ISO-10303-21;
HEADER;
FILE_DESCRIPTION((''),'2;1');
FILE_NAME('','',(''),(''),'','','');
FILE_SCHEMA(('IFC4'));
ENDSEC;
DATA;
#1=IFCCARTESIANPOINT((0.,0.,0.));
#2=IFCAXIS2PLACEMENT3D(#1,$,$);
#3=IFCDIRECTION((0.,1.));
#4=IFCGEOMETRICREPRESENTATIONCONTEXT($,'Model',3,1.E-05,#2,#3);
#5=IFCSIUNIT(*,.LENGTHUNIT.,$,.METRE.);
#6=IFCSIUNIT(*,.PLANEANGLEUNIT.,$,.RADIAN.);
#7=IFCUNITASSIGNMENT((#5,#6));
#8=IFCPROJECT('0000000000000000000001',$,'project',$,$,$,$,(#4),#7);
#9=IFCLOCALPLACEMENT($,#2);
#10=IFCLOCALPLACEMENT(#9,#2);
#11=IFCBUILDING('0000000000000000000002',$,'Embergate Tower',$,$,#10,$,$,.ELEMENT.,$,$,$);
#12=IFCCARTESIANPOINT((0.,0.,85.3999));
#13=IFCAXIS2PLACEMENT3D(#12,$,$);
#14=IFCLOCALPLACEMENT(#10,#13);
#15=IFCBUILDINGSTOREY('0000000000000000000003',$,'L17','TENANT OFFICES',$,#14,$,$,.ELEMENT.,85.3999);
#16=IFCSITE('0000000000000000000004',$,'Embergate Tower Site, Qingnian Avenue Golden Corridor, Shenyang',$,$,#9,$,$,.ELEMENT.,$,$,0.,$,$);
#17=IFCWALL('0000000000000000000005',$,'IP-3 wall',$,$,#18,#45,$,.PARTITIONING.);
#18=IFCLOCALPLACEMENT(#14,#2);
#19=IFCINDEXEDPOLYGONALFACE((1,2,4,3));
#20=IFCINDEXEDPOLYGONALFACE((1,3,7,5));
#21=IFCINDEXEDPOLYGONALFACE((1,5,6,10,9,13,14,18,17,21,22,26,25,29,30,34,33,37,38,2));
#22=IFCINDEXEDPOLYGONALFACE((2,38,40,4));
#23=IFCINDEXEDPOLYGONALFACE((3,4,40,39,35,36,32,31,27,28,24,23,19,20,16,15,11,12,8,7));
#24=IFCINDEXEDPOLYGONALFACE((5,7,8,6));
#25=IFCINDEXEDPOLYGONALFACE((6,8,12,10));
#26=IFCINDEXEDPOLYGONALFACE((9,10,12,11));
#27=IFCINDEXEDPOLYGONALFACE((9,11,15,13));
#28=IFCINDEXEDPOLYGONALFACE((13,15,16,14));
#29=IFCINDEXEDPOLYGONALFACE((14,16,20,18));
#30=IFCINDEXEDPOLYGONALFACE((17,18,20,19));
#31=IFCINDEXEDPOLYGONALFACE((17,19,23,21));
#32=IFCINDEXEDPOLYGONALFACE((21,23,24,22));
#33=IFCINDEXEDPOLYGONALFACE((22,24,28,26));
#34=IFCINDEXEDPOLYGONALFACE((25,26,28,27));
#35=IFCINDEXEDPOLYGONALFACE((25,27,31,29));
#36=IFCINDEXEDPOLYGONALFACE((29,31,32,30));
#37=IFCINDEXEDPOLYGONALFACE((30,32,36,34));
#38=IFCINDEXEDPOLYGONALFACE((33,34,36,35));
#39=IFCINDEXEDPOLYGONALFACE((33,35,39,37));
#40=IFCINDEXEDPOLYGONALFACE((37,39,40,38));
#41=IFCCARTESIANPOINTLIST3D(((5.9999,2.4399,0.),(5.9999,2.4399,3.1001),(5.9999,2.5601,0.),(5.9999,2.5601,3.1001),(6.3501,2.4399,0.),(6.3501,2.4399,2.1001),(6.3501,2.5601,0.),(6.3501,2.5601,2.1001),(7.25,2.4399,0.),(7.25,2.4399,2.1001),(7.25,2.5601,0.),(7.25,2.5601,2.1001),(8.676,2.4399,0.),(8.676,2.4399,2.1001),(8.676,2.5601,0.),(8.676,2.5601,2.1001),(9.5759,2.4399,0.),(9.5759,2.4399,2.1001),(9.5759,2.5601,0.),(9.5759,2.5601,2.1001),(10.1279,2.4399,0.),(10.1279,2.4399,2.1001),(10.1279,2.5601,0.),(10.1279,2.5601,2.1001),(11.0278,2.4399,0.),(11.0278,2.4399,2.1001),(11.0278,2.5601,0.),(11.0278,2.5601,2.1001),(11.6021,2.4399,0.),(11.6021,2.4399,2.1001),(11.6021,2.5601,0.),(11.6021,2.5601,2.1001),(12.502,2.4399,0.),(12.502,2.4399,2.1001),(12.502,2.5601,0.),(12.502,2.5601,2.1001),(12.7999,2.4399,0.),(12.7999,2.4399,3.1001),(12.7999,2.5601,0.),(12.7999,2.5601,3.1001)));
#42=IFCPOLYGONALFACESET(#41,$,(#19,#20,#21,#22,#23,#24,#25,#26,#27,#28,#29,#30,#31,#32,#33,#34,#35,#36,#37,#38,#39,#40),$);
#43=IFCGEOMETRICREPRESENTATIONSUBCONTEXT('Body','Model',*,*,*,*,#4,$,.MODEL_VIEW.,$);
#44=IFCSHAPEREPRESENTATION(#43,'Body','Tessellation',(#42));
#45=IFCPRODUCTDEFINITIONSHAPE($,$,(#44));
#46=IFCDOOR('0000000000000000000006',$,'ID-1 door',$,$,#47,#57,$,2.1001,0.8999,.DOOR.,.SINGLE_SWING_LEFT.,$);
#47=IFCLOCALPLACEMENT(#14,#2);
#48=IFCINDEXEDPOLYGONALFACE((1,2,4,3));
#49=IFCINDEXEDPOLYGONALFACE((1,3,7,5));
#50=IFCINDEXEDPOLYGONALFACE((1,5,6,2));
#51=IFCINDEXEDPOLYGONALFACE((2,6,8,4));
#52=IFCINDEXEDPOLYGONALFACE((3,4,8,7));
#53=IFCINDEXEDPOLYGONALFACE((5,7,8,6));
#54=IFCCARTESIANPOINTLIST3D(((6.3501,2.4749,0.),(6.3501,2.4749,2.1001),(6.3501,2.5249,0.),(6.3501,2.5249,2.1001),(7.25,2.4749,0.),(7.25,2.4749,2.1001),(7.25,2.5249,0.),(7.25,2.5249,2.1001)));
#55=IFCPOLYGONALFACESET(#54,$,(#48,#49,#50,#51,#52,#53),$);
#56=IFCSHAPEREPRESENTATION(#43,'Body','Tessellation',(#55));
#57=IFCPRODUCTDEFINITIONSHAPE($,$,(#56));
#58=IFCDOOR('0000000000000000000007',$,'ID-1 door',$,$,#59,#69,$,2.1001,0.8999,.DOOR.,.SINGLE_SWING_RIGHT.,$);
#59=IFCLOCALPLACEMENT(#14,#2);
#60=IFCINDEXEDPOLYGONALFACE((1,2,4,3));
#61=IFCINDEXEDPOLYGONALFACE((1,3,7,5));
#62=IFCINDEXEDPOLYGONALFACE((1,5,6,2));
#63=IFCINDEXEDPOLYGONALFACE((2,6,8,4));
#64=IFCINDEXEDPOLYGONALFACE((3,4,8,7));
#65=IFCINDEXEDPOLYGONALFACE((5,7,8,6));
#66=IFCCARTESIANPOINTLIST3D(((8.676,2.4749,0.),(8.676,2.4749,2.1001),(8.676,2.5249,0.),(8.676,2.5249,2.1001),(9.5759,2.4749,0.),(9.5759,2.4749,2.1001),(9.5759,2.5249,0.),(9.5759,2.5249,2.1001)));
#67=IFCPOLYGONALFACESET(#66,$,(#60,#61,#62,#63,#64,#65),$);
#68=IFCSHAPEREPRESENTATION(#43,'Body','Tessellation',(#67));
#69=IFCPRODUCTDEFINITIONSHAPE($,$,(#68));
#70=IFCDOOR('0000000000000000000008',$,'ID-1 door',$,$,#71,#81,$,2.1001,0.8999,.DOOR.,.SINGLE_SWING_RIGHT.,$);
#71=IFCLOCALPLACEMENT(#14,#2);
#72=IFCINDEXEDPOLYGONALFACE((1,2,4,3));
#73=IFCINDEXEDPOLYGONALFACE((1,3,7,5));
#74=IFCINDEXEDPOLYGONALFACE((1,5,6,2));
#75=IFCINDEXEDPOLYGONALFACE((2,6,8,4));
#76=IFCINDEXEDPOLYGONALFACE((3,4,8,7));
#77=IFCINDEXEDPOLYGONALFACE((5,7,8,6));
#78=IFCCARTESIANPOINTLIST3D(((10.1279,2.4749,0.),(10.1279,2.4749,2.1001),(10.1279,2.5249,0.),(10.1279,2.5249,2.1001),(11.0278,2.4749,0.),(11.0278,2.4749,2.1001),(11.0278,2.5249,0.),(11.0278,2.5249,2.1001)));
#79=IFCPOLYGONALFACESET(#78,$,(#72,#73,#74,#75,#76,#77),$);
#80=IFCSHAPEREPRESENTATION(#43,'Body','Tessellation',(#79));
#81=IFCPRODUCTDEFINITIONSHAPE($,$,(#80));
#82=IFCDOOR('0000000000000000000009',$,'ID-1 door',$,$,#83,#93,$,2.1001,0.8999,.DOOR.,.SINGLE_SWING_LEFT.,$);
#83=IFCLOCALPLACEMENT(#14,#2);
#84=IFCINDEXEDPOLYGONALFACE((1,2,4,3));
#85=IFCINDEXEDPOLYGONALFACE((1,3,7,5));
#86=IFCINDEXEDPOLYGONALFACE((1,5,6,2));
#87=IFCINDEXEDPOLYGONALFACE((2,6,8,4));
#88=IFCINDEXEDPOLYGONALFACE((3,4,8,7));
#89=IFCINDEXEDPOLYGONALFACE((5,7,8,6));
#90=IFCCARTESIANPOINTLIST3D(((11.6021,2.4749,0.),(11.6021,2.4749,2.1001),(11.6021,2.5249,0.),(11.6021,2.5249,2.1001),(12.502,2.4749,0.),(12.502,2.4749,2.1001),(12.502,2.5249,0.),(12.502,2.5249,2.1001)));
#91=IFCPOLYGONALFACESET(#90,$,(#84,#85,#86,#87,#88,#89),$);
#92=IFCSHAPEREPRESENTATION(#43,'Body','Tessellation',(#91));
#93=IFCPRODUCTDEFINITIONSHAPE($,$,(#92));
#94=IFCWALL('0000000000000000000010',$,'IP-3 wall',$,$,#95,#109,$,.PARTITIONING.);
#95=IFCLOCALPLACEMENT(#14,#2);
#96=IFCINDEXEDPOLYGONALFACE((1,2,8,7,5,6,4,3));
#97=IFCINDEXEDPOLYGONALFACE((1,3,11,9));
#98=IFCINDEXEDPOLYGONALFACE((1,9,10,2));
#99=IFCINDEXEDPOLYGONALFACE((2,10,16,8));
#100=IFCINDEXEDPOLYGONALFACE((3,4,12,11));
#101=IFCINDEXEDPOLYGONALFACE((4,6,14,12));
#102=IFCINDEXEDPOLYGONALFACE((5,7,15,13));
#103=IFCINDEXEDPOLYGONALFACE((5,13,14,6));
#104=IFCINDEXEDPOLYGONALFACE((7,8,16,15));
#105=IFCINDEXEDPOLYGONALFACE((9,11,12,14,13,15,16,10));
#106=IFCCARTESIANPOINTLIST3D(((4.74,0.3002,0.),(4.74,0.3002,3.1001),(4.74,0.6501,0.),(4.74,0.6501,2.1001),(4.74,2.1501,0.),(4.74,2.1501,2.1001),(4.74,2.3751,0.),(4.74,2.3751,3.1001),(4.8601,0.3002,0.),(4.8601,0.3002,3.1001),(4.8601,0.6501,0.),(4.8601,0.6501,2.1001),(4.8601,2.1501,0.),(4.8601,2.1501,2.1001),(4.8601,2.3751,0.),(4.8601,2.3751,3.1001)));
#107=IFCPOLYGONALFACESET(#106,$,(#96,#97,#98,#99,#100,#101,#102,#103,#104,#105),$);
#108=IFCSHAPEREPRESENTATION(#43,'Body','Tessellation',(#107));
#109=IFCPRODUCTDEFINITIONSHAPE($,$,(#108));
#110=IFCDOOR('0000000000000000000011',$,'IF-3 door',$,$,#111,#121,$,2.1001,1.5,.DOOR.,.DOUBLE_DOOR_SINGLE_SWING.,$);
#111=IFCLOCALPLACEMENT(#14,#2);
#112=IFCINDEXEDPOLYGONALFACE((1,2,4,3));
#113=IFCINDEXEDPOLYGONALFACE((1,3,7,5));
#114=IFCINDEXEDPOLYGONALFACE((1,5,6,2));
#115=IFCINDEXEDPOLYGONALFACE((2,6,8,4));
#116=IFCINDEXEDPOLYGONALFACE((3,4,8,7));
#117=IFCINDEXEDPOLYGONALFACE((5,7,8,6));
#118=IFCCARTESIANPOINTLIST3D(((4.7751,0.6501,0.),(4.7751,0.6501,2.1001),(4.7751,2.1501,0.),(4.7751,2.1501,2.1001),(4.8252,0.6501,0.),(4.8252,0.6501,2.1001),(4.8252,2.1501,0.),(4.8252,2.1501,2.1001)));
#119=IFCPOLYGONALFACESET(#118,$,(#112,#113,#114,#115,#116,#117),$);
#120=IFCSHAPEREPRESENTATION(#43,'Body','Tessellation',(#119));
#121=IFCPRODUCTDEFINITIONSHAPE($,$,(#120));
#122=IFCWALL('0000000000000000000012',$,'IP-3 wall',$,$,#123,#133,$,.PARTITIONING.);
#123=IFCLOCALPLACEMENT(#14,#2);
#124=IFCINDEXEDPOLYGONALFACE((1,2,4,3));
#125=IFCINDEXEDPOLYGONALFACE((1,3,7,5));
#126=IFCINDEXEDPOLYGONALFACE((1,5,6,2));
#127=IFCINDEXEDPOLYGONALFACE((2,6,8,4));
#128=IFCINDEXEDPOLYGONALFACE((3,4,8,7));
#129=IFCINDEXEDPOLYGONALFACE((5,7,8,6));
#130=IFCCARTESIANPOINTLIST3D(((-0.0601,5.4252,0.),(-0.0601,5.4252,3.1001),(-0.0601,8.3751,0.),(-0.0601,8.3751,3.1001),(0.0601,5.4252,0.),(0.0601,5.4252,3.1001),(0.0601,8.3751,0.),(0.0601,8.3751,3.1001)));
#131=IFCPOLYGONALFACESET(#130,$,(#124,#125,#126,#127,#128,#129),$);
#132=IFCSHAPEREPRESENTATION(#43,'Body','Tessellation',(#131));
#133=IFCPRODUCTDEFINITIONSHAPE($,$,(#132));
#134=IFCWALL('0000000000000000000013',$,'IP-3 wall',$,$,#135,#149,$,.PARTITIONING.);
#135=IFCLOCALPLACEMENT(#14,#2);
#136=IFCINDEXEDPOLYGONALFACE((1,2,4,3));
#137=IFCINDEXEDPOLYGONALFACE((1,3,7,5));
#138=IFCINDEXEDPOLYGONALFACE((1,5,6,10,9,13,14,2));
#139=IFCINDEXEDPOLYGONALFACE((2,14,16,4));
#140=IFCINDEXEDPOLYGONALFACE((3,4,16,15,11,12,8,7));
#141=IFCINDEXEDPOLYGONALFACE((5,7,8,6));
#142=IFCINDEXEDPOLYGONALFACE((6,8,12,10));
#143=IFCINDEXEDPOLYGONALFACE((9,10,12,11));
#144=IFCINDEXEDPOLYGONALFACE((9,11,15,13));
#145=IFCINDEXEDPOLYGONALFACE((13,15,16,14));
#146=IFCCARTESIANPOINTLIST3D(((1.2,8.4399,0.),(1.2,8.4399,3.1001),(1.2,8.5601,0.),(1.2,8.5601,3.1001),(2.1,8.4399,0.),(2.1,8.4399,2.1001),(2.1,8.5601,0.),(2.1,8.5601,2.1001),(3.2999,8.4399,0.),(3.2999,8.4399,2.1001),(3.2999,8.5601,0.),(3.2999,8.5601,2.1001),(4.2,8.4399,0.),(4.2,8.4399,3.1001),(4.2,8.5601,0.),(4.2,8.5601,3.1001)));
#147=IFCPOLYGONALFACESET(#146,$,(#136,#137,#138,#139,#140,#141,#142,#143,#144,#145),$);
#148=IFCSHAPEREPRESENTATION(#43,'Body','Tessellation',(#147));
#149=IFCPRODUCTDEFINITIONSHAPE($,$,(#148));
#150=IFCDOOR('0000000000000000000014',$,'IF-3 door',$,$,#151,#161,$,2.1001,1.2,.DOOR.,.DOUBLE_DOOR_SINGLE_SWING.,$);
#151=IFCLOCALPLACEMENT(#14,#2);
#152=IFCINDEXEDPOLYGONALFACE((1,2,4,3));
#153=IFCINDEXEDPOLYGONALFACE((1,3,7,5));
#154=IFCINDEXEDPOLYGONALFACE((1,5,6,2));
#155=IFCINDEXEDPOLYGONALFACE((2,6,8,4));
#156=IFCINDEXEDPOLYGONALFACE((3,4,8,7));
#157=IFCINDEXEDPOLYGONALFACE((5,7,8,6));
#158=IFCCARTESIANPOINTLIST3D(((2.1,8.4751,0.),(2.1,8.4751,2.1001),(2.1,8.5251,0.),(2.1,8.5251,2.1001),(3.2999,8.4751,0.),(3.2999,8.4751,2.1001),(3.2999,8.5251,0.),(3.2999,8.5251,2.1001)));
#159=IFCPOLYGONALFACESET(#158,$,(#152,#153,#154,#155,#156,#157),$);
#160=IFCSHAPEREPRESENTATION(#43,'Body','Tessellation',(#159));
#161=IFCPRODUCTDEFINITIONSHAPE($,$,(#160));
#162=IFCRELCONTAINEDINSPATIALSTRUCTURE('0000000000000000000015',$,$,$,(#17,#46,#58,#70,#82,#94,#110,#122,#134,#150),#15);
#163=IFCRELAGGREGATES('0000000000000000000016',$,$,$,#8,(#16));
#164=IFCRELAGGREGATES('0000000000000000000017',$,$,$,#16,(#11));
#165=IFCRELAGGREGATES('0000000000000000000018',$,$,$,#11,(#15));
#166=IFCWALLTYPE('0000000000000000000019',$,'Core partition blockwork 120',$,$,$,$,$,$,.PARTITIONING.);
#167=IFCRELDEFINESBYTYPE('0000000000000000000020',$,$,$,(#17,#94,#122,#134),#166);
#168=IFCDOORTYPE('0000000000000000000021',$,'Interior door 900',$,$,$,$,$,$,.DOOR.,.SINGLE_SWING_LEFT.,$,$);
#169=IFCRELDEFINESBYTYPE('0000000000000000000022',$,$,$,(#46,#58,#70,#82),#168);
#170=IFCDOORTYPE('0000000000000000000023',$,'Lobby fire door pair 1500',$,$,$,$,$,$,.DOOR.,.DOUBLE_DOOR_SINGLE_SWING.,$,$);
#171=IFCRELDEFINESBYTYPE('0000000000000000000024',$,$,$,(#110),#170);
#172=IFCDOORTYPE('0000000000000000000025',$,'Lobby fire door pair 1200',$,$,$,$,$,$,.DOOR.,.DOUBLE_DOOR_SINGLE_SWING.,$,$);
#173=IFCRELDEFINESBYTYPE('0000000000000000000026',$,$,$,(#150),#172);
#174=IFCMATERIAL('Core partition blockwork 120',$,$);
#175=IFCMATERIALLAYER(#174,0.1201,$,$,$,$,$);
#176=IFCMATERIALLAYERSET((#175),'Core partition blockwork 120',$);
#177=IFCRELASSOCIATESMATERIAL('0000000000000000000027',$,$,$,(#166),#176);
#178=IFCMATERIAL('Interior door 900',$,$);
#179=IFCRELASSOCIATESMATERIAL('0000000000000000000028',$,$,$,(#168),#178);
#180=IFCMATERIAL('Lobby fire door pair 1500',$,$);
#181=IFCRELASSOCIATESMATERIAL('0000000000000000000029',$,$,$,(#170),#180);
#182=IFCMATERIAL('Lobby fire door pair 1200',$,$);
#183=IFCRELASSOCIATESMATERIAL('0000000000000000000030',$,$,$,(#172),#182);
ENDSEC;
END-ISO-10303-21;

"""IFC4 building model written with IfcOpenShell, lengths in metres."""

from ifc_helpers import new_model, si_unit, direction, frame, frame_2d, origin, place, context, subcontext, project, spatial, rectangle, extrude, source, transform, mapped, material, layer, layer_set, type_object, element, fill, save


model = new_model("IFC4")

# Units and contexts
model_context = context("Model", 3, precision=1e-05, world=origin(), true_north=direction((0.0, 1.0)))
body_context = subcontext(model_context, "Body", "Model", "MODEL_VIEW")
ifc_project = project(units=[si_unit("LENGTHUNIT", "METRE"), si_unit("PLANEANGLEUNIT", "RADIAN")], contexts=[model_context])

# Site, building, storey
site_placement = place(None, origin())
site = spatial("IfcSite", under=ifc_project, at=site_placement, Name="Embergate Tower Site, Qingnian Avenue Golden Corridor, Shenyang", CompositionType="ELEMENT", RefElevation=0.0)
building_placement = place(site_placement, origin())
building = spatial("IfcBuilding", under=site, at=building_placement, Name="Embergate Tower", CompositionType="ELEMENT")
storey_placement = place(building_placement, frame((0.0, 0.0, 85.3999)))
storey = spatial("IfcBuildingStorey", under=building, at=storey_placement, Name="L17", Description="TENANT OFFICES", CompositionType="ELEMENT", Elevation=85.3999)

# Wall, openings, doors
ifc_material_1 = material(Name="Core partition blockwork 120")
ifc_layer_1 = layer(ifc_material_1, 0.1201)
ifc_layer_set_1 = layer_set([ifc_layer_1], Name="Core partition blockwork 120")
wall_type_1 = type_object("IfcWallType", Name="Core partition blockwork 120", PredefinedType="PARTITIONING", material=ifc_layer_set_1)
shared_shape_1 = source(origin(), body_context, "Body", "SweptSolid", [
    extrude(rectangle(XDim=6.8, YDim=0.1201, at=frame_2d((3.3999, 0.0))), origin(), (0.0, 0.0, 1.0), 3.1001),
])
wall_1_placement = place(storey_placement, frame((6.0, 2.5, 0.0), z_axis=(0.0, 0.0, 1.0), x_axis=(1.0, 0.0, 0.0)))
wall_1 = element("IfcWall", 1, at=wall_1_placement, inside=storey, type_object=wall_type_1, Name="IP-3 wall", PredefinedType="PARTITIONING", context=body_context, shape_type="MappedRepresentation", body=[
    mapped(shared_shape_1, transform((0.0, 0.0, 0.0))),
])
shared_shape_2 = source(origin(), body_context, "Body", "SweptSolid", [
    extrude(rectangle(XDim=0.8999, YDim=2.1001, at=frame_2d((0.45, 1.05))), frame((0.0, 0.0701, 0.0), z_axis=(0.0, -1.0, 0.0), x_axis=(1.0, 0.0, 0.0)), (0.0, 0.0, 1.0), 0.1401),
])
opening_1_placement = place(wall_1_placement, frame((0.3501, 0.0, 0.0)))
opening_1 = element("IfcOpeningElement", 2, at=opening_1_placement, cuts=wall_1, PredefinedType="OPENING", context=body_context, shape_type="MappedRepresentation", body=[
    mapped(shared_shape_2, transform((0.0, 0.0, 0.0))),
])
opening_2_placement = place(wall_1_placement, frame((2.676, 0.0, 0.0)))
opening_2 = element("IfcOpeningElement", 3, at=opening_2_placement, cuts=wall_1, PredefinedType="OPENING", context=body_context, shape_type="MappedRepresentation", body=[
    mapped(shared_shape_2, transform((0.0, 0.0, 0.0))),
])
opening_3_placement = place(wall_1_placement, frame((4.1279, 0.0, 0.0)))
opening_3 = element("IfcOpeningElement", 4, at=opening_3_placement, cuts=wall_1, PredefinedType="OPENING", context=body_context, shape_type="MappedRepresentation", body=[
    mapped(shared_shape_2, transform((0.0, 0.0, 0.0))),
])
opening_4_placement = place(wall_1_placement, frame((5.6021, 0.0, 0.0)))
opening_4 = element("IfcOpeningElement", 5, at=opening_4_placement, cuts=wall_1, PredefinedType="OPENING", context=body_context, shape_type="MappedRepresentation", body=[
    mapped(shared_shape_2, transform((0.0, 0.0, 0.0))),
])
ifc_material_2 = material(Name="Interior door 900")
door_type_1 = type_object("IfcDoorType", Name="Interior door 900", OperationType="SINGLE_SWING_LEFT", PredefinedType="DOOR", material=ifc_material_2)
shared_shape_3 = source(origin(), body_context, "Body", "SweptSolid", [
    extrude(rectangle(XDim=0.8999, YDim=2.1001, at=frame_2d((0.45, 1.05))), frame((0.0, 0.0249, 0.0), z_axis=(0.0, -1.0, 0.0), x_axis=(1.0, 0.0, 0.0)), (0.0, 0.0, 1.0), 0.05),
])
door_1_placement = place(opening_1_placement, origin())
door_1 = element("IfcDoor", 6, at=door_1_placement, inside=storey, type_object=door_type_1, Name="ID-1 door", OperationType="SINGLE_SWING_LEFT", OverallHeight=2.1001, OverallWidth=0.8999, PredefinedType="DOOR", context=body_context, shape_type="MappedRepresentation", body=[
    mapped(shared_shape_3, transform((0.0, 0.0, 0.0))),
])
fill(opening_1, door_1)
door_2_placement = place(opening_2_placement, origin())
door_2 = element("IfcDoor", 7, at=door_2_placement, inside=storey, type_object=door_type_1, Name="ID-1 door", OperationType="SINGLE_SWING_RIGHT", OverallHeight=2.1001, OverallWidth=0.8999, PredefinedType="DOOR", context=body_context, shape_type="MappedRepresentation", body=[
    mapped(shared_shape_3, transform((0.0, 0.0, 0.0))),
])
fill(opening_2, door_2)
door_3_placement = place(opening_3_placement, origin())
door_3 = element("IfcDoor", 8, at=door_3_placement, inside=storey, type_object=door_type_1, Name="ID-1 door", OperationType="SINGLE_SWING_RIGHT", OverallHeight=2.1001, OverallWidth=0.8999, PredefinedType="DOOR", context=body_context, shape_type="MappedRepresentation", body=[
    mapped(shared_shape_3, transform((0.0, 0.0, 0.0))),
])
fill(opening_3, door_3)
door_4_placement = place(opening_4_placement, origin())
door_4 = element("IfcDoor", 9, at=door_4_placement, inside=storey, type_object=door_type_1, Name="ID-1 door", OperationType="SINGLE_SWING_LEFT", OverallHeight=2.1001, OverallWidth=0.8999, PredefinedType="DOOR", context=body_context, shape_type="MappedRepresentation", body=[
    mapped(shared_shape_3, transform((0.0, 0.0, 0.0))),
])
fill(opening_4, door_4)

# Wall, opening, door
shared_shape_4 = source(origin(), body_context, "Body", "SweptSolid", [
    extrude(rectangle(XDim=2.075, YDim=0.1201, at=frame_2d((1.0376, 0.0))), origin(), (0.0, 0.0, 1.0), 3.1001),
])
wall_2_placement = place(storey_placement, frame((4.8, 0.3, 0.0), z_axis=(0.0, 0.0, 1.0), x_axis=(0.0, 1.0, 0.0)))
wall_2 = element("IfcWall", 10, at=wall_2_placement, inside=storey, type_object=wall_type_1, Name="IP-3 wall", PredefinedType="PARTITIONING", context=body_context, shape_type="MappedRepresentation", body=[
    mapped(shared_shape_4, transform((0.0, 0.0, 0.0))),
])
shared_shape_5 = source(origin(), body_context, "Body", "SweptSolid", [
    extrude(rectangle(XDim=1.5, YDim=2.1001, at=frame_2d((0.75, 1.05))), frame((0.0, 0.0701, 0.0), z_axis=(0.0, -1.0, 0.0), x_axis=(1.0, 0.0, 0.0)), (0.0, 0.0, 1.0), 0.1401),
])
opening_5_placement = place(wall_2_placement, frame((0.3501, 0.0, 0.0)))
opening_5 = element("IfcOpeningElement", 11, at=opening_5_placement, cuts=wall_2, PredefinedType="OPENING", context=body_context, shape_type="MappedRepresentation", body=[
    mapped(shared_shape_5, transform((0.0, 0.0, 0.0))),
])
ifc_material_3 = material(Name="Lobby fire door pair 1500")
door_type_2 = type_object("IfcDoorType", Name="Lobby fire door pair 1500", OperationType="DOUBLE_DOOR_SINGLE_SWING", PredefinedType="DOOR", material=ifc_material_3)
shared_shape_6 = source(origin(), body_context, "Body", "SweptSolid", [
    extrude(rectangle(XDim=1.5, YDim=2.1001, at=frame_2d((0.75, 1.05))), frame((0.0, 0.0249, 0.0), z_axis=(0.0, -1.0, 0.0), x_axis=(1.0, 0.0, 0.0)), (0.0, 0.0, 1.0), 0.05),
])
door_5_placement = place(opening_5_placement, origin())
door_5 = element("IfcDoor", 12, at=door_5_placement, inside=storey, type_object=door_type_2, Name="IF-3 door", OperationType="DOUBLE_DOOR_SINGLE_SWING", OverallHeight=2.1001, OverallWidth=1.5, PredefinedType="DOOR", context=body_context, shape_type="MappedRepresentation", body=[
    mapped(shared_shape_6, transform((0.0, 0.0, 0.0))),
])
fill(opening_5, door_5)

# Wall
shared_shape_7 = source(origin(), body_context, "Body", "SweptSolid", [
    extrude(rectangle(XDim=2.95, YDim=0.1201, at=frame_2d((1.4751, 0.0))), origin(), (0.0, 0.0, 1.0), 3.1001),
])
wall_3_placement = place(storey_placement, frame((0.0, 5.425, 0.0), z_axis=(0.0, 0.0, 1.0), x_axis=(0.0, 1.0, 0.0)))
element("IfcWall", 13, at=wall_3_placement, inside=storey, type_object=wall_type_1, Name="IP-3 wall", PredefinedType="PARTITIONING", context=body_context, shape_type="MappedRepresentation", body=[
    mapped(shared_shape_7, transform((0.0, 0.0, 0.0))),
])

# Wall, opening, door
shared_shape_8 = source(origin(), body_context, "Body", "SweptSolid", [
    extrude(rectangle(XDim=3.0, YDim=0.1201, at=frame_2d((1.5, 0.0))), origin(), (0.0, 0.0, 1.0), 3.1001),
])
wall_4_placement = place(storey_placement, frame((4.2, 8.5, 0.0), z_axis=(0.0, 0.0, 1.0), x_axis=(-1.0, 0.0, 0.0)))
wall_4 = element("IfcWall", 14, at=wall_4_placement, inside=storey, type_object=wall_type_1, Name="IP-3 wall", PredefinedType="PARTITIONING", context=body_context, shape_type="MappedRepresentation", body=[
    mapped(shared_shape_8, transform((0.0, 0.0, 0.0))),
])
shared_shape_9 = source(origin(), body_context, "Body", "SweptSolid", [
    extrude(rectangle(XDim=1.2, YDim=2.1001, at=frame_2d((0.6001, 1.05))), frame((0.0, 0.0701, 0.0), z_axis=(0.0, -1.0, 0.0), x_axis=(1.0, 0.0, 0.0)), (0.0, 0.0, 1.0), 0.1401),
])
opening_6_placement = place(wall_4_placement, frame((0.8999, 0.0, 0.0)))
opening_6 = element("IfcOpeningElement", 15, at=opening_6_placement, cuts=wall_4, PredefinedType="OPENING", context=body_context, shape_type="MappedRepresentation", body=[
    mapped(shared_shape_9, transform((0.0, 0.0, 0.0))),
])
ifc_material_4 = material(Name="Lobby fire door pair 1200")
door_type_3 = type_object("IfcDoorType", Name="Lobby fire door pair 1200", OperationType="DOUBLE_DOOR_SINGLE_SWING", PredefinedType="DOOR", material=ifc_material_4)
shared_shape_10 = source(origin(), body_context, "Body", "SweptSolid", [
    extrude(rectangle(XDim=1.2, YDim=2.1001, at=frame_2d((0.6001, 1.05))), frame((0.0, 0.0249, 0.0), z_axis=(0.0, -1.0, 0.0), x_axis=(1.0, 0.0, 0.0)), (0.0, 0.0, 1.0), 0.05),
])
door_6_placement = place(opening_6_placement, origin())
door_6 = element("IfcDoor", 16, at=door_6_placement, inside=storey, type_object=door_type_3, Name="IF-3 door", OperationType="DOUBLE_DOOR_SINGLE_SWING", OverallHeight=2.1001, OverallWidth=1.2, PredefinedType="DOOR", context=body_context, shape_type="MappedRepresentation", body=[
    mapped(shared_shape_10, transform((0.0, 0.0, 0.0))),
])
fill(opening_6, door_6)

save(model, "model.ifc")
